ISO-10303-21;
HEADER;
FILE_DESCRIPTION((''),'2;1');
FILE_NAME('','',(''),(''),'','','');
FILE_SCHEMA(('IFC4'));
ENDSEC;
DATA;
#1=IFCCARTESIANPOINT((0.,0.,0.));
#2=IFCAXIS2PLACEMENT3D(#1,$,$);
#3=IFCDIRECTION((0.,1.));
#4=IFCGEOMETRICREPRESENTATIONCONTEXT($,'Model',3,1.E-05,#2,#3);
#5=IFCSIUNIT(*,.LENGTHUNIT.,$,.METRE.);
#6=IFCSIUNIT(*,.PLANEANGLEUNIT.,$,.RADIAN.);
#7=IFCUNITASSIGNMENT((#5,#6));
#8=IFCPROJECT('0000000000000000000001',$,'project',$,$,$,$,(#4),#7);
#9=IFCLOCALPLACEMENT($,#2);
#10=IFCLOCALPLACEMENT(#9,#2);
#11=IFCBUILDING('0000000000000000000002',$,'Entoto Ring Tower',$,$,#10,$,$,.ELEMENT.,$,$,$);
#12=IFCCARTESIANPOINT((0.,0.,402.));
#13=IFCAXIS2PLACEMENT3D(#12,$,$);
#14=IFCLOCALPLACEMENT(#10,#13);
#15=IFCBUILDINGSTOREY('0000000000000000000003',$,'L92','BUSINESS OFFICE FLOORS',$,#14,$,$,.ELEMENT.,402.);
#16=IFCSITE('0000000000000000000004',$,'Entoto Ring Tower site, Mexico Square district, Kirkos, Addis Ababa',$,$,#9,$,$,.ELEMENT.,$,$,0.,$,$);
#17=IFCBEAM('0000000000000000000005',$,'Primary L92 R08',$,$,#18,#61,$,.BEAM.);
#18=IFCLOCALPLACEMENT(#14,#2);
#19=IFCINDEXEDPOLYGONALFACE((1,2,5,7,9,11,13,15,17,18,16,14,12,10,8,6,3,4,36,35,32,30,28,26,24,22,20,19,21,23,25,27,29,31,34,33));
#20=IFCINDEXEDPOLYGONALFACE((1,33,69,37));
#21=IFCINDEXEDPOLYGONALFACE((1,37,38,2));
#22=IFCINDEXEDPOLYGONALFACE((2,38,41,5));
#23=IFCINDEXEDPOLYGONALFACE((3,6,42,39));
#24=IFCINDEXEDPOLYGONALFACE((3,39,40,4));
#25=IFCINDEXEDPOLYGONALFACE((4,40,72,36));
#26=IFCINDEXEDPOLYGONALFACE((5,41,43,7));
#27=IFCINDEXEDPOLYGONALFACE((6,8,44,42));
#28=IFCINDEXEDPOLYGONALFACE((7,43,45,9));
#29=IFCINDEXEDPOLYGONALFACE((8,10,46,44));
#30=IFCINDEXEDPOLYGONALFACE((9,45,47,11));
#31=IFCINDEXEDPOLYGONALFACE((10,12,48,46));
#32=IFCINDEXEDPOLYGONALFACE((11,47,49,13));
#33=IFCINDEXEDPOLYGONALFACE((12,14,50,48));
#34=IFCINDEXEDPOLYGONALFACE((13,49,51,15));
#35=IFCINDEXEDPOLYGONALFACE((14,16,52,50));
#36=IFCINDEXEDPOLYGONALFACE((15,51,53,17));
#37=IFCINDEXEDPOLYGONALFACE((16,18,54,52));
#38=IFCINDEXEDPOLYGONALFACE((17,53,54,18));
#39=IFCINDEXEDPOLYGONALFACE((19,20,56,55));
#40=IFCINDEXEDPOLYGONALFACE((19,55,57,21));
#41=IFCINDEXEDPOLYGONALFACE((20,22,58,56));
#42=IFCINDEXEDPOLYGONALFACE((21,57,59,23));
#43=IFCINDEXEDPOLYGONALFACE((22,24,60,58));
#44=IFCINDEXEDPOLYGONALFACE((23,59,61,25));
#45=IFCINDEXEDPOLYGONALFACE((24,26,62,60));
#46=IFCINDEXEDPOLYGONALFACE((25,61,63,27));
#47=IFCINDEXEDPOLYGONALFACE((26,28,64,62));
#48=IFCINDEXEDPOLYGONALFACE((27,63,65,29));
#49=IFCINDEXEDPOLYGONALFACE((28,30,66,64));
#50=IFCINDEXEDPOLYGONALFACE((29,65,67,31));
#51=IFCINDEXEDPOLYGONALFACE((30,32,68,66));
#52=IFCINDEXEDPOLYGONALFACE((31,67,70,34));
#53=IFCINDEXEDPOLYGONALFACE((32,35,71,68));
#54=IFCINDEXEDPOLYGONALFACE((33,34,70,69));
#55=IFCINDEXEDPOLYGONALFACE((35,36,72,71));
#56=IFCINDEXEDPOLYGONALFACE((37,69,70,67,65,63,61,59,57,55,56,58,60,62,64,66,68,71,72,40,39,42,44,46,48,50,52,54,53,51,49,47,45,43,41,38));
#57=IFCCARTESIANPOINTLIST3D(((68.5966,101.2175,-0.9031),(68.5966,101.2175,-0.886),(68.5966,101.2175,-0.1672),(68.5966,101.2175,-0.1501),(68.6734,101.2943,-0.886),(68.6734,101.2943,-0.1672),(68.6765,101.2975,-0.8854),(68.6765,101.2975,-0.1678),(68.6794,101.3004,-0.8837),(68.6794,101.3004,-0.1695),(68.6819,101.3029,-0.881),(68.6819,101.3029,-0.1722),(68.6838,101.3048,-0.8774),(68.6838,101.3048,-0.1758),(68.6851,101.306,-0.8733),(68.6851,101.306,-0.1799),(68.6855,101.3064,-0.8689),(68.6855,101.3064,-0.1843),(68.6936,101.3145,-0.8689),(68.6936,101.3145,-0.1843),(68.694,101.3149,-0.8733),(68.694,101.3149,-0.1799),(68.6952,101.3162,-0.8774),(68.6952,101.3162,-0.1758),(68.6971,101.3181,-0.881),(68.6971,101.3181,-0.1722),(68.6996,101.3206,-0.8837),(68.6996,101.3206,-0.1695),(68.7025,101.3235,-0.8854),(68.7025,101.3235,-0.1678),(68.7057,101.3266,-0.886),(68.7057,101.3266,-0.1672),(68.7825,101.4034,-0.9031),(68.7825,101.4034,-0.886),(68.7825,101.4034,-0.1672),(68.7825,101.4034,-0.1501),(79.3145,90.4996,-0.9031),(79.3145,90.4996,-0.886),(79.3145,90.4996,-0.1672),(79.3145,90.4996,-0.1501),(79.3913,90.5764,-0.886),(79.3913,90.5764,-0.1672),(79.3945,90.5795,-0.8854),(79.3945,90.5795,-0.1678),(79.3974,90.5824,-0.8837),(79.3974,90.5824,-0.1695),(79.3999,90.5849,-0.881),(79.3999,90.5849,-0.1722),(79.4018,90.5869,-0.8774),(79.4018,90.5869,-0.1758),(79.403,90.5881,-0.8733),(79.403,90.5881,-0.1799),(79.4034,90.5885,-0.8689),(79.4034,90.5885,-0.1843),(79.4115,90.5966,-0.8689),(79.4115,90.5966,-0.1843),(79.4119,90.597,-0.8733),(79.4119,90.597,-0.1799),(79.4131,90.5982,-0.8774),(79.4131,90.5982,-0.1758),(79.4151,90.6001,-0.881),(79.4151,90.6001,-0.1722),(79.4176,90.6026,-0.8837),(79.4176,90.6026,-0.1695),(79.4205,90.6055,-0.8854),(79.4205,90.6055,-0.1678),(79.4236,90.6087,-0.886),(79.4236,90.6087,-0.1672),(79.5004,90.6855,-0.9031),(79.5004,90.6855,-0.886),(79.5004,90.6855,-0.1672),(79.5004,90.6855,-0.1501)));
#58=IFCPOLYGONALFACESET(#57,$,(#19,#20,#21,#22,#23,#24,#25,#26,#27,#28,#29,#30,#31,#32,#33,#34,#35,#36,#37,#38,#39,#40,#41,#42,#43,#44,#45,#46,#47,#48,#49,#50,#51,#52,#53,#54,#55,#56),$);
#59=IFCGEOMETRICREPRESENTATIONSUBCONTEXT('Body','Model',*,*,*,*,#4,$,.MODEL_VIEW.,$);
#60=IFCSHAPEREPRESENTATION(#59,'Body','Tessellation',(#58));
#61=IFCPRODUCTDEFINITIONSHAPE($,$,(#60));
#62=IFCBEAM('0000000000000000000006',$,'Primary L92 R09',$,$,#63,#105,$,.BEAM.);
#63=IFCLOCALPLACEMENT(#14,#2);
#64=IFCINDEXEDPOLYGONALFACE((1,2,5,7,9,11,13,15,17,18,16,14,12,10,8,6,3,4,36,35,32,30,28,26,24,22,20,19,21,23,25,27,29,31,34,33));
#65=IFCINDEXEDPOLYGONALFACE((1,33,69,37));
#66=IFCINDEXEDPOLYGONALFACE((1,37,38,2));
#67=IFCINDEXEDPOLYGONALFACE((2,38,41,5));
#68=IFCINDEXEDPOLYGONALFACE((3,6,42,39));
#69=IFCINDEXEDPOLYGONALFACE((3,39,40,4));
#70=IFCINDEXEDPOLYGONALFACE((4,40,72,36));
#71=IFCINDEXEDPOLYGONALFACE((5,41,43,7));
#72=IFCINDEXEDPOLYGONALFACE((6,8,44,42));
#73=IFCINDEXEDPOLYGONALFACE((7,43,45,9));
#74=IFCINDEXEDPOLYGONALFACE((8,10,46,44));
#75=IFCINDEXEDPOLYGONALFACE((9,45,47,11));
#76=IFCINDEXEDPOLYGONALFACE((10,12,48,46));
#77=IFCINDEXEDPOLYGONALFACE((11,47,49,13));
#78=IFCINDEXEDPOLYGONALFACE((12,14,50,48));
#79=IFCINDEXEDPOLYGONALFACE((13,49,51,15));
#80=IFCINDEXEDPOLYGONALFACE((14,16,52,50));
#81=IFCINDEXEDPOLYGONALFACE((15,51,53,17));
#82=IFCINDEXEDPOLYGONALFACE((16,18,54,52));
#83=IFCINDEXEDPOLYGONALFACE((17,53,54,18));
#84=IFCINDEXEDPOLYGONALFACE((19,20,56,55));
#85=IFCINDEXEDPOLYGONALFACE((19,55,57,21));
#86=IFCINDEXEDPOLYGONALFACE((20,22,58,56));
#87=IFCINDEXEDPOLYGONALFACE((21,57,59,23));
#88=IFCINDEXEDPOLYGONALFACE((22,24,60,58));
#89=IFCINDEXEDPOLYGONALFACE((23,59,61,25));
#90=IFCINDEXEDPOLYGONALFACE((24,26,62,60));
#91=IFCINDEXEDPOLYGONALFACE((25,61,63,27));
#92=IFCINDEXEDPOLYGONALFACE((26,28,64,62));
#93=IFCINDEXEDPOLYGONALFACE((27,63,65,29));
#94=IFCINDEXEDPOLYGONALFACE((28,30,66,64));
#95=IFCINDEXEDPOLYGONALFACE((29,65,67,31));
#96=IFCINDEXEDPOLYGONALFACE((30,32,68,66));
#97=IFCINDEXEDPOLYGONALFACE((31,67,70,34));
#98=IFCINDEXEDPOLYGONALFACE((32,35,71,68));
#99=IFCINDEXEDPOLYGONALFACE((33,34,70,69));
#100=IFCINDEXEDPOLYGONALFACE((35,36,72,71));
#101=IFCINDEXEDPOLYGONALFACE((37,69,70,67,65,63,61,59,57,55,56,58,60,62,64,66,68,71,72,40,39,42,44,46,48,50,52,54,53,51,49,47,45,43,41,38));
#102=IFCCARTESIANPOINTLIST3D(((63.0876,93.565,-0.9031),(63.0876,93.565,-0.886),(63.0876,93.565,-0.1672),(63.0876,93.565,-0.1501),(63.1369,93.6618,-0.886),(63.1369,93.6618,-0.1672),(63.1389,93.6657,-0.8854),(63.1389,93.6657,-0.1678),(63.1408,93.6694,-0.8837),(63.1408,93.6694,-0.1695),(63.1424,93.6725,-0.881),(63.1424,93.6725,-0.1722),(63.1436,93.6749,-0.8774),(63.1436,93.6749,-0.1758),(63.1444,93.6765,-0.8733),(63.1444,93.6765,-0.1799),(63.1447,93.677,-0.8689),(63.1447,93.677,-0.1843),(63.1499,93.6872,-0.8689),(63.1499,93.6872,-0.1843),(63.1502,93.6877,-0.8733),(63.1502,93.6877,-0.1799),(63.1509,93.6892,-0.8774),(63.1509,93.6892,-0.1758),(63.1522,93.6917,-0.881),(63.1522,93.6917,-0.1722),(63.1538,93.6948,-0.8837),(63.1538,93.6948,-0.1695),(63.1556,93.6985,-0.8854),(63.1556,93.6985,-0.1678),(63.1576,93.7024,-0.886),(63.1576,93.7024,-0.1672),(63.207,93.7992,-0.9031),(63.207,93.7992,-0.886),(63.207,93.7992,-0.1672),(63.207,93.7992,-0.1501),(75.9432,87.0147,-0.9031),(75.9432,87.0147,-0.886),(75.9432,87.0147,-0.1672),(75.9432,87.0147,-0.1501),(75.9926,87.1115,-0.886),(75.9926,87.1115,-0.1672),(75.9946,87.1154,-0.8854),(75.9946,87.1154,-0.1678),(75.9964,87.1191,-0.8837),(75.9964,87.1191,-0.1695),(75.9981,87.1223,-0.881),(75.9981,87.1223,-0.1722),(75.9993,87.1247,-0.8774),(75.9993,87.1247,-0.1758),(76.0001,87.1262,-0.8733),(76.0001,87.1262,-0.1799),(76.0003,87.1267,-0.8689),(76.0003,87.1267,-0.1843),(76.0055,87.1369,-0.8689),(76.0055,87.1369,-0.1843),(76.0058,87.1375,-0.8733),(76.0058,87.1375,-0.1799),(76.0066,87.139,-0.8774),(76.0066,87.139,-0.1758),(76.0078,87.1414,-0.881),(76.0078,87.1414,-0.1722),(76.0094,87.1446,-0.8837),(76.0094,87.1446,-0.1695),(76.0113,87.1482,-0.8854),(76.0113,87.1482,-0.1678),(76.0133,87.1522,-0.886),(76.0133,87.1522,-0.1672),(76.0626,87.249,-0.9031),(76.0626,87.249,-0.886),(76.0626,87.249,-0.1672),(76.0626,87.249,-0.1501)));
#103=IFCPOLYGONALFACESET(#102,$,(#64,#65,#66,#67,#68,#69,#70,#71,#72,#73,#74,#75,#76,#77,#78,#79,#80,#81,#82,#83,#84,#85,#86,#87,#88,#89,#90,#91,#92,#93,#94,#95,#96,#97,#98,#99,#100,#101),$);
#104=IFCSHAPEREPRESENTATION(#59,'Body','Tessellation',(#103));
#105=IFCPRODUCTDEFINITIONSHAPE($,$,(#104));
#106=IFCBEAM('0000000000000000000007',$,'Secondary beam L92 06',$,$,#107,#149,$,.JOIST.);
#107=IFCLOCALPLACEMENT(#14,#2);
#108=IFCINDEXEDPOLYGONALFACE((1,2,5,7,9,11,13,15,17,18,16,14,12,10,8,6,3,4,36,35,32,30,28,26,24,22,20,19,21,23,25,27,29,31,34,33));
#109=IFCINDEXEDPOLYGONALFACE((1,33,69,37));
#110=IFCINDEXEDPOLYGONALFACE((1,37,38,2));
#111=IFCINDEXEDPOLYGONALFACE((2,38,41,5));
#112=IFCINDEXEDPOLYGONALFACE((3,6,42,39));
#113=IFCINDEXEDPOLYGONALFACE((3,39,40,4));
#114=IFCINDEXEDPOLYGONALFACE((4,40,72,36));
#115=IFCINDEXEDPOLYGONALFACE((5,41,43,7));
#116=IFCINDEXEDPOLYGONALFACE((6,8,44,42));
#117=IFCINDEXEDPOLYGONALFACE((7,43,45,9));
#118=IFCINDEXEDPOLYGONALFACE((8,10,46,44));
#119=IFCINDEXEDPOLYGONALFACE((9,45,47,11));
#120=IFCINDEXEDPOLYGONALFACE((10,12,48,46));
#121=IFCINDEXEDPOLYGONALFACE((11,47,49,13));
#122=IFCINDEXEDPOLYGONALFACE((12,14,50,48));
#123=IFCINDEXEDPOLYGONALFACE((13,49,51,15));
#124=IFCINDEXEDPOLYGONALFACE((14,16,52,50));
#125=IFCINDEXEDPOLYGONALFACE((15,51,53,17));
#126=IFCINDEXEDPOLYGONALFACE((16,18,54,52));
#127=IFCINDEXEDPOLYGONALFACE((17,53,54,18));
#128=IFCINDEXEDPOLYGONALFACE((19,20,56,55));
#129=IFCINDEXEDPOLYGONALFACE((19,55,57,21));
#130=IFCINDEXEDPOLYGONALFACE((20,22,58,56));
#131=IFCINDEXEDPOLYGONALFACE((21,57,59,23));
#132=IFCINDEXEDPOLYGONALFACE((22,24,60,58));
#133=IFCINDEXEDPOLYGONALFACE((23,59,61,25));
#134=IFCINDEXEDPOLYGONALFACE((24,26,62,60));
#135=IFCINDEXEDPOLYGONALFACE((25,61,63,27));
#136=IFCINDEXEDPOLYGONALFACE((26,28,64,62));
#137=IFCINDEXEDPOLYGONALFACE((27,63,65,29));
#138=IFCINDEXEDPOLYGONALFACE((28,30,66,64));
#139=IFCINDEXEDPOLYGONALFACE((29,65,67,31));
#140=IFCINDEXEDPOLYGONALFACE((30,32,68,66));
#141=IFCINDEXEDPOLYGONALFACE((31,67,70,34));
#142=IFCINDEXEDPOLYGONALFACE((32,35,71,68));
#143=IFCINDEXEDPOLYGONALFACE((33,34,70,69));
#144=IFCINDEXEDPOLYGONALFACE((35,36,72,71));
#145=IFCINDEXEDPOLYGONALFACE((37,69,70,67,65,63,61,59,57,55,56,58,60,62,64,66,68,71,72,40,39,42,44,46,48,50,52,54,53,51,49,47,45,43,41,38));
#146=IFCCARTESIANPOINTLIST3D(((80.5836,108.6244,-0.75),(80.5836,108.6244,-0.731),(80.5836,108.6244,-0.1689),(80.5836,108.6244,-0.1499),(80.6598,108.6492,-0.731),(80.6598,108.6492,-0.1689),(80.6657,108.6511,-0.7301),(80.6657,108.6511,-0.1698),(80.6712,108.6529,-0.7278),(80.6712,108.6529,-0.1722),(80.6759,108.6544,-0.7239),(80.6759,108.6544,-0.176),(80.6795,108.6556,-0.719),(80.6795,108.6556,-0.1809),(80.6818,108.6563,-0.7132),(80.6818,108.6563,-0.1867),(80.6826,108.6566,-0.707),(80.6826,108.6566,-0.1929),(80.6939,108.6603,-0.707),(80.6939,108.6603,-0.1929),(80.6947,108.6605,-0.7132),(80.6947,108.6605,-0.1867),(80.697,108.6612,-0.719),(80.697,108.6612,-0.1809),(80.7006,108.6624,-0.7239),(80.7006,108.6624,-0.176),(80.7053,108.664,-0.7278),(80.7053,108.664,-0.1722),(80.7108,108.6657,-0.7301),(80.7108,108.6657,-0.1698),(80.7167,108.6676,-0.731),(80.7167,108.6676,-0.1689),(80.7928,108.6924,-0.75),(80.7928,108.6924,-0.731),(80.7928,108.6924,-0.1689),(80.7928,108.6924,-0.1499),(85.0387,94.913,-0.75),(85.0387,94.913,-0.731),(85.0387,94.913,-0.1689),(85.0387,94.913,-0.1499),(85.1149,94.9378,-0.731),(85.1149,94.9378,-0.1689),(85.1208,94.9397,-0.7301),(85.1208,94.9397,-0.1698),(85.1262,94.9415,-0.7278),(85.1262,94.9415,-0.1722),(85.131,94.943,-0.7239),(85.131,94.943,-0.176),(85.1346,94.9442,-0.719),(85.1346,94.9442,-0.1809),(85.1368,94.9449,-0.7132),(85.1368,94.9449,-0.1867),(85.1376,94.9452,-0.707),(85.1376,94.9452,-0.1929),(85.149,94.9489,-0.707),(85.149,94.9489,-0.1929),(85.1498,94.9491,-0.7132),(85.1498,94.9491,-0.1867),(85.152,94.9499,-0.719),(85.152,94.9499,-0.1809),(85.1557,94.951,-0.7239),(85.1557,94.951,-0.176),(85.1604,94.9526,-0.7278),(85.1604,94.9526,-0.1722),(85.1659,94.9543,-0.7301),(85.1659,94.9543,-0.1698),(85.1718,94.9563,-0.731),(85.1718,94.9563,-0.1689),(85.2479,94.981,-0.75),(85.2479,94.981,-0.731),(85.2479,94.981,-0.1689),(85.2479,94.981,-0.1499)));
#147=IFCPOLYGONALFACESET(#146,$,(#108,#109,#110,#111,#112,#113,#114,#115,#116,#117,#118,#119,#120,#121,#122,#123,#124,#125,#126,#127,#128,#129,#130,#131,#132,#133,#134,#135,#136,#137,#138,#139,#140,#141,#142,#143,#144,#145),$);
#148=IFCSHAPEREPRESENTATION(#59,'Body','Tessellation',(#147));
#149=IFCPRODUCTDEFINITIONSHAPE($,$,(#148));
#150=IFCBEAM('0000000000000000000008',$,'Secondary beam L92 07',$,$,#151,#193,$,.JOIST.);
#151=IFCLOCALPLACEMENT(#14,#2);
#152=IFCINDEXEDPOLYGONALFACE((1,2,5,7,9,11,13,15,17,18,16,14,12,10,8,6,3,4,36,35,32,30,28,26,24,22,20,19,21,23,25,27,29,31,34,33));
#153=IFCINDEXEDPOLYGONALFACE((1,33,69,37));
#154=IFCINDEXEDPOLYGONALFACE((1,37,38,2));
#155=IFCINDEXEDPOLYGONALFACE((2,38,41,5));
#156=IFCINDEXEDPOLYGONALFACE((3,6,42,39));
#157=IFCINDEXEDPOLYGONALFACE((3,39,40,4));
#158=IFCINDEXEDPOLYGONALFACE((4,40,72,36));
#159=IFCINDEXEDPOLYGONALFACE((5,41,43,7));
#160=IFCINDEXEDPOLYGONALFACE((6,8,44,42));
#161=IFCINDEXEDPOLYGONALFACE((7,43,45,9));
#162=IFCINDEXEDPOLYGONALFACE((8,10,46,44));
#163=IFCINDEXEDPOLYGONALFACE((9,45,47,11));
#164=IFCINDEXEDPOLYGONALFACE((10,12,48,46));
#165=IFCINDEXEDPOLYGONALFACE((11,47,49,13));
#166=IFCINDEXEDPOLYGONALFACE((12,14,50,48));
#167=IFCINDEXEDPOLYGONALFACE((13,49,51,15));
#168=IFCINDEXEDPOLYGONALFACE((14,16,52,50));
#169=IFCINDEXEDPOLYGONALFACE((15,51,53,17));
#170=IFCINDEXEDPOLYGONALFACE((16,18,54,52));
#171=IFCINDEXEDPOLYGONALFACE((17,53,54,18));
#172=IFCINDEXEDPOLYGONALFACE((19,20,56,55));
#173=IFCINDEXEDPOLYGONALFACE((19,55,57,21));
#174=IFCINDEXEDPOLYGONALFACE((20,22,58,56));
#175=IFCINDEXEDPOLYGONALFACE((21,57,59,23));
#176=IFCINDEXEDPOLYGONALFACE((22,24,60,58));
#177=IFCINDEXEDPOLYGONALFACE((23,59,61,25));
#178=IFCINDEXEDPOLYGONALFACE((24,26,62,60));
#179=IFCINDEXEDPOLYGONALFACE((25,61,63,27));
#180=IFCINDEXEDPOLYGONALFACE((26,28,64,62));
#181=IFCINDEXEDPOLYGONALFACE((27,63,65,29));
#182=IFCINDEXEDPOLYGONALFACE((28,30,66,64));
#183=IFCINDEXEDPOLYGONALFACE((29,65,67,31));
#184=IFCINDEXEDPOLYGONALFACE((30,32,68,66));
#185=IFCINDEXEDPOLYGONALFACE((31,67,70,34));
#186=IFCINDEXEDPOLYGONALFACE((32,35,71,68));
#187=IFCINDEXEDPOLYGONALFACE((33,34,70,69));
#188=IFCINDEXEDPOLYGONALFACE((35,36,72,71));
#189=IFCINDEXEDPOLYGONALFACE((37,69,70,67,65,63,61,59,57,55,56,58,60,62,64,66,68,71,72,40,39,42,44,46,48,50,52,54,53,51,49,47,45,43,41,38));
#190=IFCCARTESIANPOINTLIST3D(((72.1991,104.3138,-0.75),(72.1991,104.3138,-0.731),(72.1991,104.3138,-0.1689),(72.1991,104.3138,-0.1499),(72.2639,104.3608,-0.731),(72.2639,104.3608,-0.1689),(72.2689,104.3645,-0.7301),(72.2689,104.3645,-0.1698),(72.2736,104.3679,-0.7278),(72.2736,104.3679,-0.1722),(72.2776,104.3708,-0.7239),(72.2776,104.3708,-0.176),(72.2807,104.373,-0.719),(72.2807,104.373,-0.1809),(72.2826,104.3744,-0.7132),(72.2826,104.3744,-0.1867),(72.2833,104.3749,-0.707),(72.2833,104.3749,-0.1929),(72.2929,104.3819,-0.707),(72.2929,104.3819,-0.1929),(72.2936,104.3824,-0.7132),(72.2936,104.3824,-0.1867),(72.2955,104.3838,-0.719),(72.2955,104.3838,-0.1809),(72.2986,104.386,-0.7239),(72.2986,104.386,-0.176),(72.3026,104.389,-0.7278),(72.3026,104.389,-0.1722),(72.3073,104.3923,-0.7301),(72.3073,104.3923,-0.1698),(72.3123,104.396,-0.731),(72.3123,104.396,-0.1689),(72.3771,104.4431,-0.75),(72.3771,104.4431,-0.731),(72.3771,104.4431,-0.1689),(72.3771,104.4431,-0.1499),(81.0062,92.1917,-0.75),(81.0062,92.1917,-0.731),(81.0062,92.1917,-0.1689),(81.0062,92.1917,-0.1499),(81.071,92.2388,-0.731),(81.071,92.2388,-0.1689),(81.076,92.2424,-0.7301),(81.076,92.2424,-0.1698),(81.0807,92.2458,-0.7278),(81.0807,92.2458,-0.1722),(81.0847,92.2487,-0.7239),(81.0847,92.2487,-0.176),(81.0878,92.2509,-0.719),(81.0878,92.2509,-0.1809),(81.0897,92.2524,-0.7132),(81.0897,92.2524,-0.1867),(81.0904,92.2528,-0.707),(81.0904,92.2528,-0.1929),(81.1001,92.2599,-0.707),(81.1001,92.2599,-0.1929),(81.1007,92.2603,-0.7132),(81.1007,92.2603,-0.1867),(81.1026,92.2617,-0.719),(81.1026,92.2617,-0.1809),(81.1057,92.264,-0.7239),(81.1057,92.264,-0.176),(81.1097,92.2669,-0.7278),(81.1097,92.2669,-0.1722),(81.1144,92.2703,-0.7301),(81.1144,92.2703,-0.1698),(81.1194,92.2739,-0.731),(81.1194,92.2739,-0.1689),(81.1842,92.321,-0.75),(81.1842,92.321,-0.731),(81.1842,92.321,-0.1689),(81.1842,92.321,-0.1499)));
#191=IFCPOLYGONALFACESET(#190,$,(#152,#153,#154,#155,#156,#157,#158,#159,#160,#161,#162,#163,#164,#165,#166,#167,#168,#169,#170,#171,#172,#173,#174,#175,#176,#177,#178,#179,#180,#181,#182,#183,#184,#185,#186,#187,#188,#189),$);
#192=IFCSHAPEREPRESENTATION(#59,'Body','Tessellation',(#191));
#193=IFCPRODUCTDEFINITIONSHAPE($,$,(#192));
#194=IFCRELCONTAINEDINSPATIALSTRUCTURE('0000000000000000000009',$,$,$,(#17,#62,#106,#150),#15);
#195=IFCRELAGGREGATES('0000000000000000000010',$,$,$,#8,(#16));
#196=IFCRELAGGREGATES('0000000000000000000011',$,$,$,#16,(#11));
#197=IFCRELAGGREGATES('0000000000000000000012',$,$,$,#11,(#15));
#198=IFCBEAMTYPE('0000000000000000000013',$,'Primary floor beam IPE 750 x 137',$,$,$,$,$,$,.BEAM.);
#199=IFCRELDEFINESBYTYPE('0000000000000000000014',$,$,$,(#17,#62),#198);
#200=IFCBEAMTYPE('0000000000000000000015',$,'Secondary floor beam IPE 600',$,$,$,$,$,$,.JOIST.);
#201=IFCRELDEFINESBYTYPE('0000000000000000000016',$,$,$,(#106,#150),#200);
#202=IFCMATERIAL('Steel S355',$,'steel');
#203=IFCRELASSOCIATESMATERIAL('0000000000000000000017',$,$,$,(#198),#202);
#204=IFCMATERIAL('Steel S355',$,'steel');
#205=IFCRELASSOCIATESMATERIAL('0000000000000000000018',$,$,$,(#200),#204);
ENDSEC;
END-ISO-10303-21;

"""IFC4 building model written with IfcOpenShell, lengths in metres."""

from ifc_helpers import new_model, si_unit, direction, frame, origin, origin_2d, place, context, subcontext, project, spatial, i_section, extrude, material, material_profile, profile_set, type_object, element, save


model = new_model("IFC4")

# Units and contexts
model_context = context("Model", 3, precision=1e-05, world=origin(), true_north=direction((0.0, 1.0)))
body_context = subcontext(model_context, "Body", "Model", "MODEL_VIEW")
ifc_project = project(units=[si_unit("LENGTHUNIT", "METRE"), si_unit("PLANEANGLEUNIT", "RADIAN")], contexts=[model_context])

# Site, building, storey
site_placement = place(None, origin())
site = spatial("IfcSite", under=ifc_project, at=site_placement, Name="Entoto Ring Tower site, Mexico Square district, Kirkos, Addis Ababa", CompositionType="ELEMENT", RefElevation=0.0)
building_placement = place(site_placement, origin())
building = spatial("IfcBuilding", under=site, at=building_placement, Name="Entoto Ring Tower", CompositionType="ELEMENT")
storey_placement = place(building_placement, frame((0.0, 0.0, 402.0)))
storey = spatial("IfcBuildingStorey", under=building, at=storey_placement, Name="L92", Description="BUSINESS OFFICE FLOORS", CompositionType="ELEMENT", Elevation=402.0)

# Beams
ifc_material_1 = material(Name="Steel S355", Category="steel")
ifc_material_profile_1 = material_profile(ifc_material_1, i_section(OverallWidth=0.2629, OverallDepth=0.7529, WebThickness=0.0115, FlangeThickness=0.0171, FilletRadius=0.0171, at=origin_2d()), Name="IPE 750 x 137")
ifc_profile_set_1 = profile_set([ifc_material_profile_1], Name="Steel S355")
beam_type_1 = type_object("IfcBeamType", Name="Primary floor beam IPE 750 x 137", PredefinedType="BEAM", material=ifc_profile_set_1)
beam_1_placement = place(storey_placement, frame((79.4075, 90.5925, -0.5266), z_axis=(-0.707107, 0.707107, 0.0), x_axis=(-0.707107, -0.707107, 0.0)))
element("IfcBeam", 1, at=beam_1_placement, inside=storey, type_object=beam_type_1, Name="Primary L92 R08", PredefinedType="BEAM", context=body_context, shape_type="SweptSolid", body=[
    extrude(i_section(OverallWidth=0.2629, OverallDepth=0.7529, WebThickness=0.0115, FlangeThickness=0.0171, FilletRadius=0.0171, at=origin_2d()), origin(), (0.0, 0.0, 1.0), 15.1575),
])
beam_2_placement = place(storey_placement, frame((76.0029, 87.1318, -0.5266), z_axis=(-0.891007, 0.453989, 0.0), x_axis=(-0.453989, -0.891007, 0.0)))
element("IfcBeam", 2, at=beam_2_placement, inside=storey, type_object=beam_type_1, Name="Primary L92 R09", PredefinedType="BEAM", context=body_context, shape_type="SweptSolid", body=[
    extrude(i_section(OverallWidth=0.2629, OverallDepth=0.7529, WebThickness=0.0115, FlangeThickness=0.0171, FilletRadius=0.0171, at=origin_2d()), origin(), (0.0, 0.0, 1.0), 14.4282),
])
ifc_material_2 = material(Name="Steel S355", Category="steel")
ifc_material_profile_2 = material_profile(ifc_material_2, i_section(OverallWidth=0.22, OverallDepth=0.6001, WebThickness=0.012, FlangeThickness=0.019, FilletRadius=0.0239, at=origin_2d()), Name="IPE 600")
ifc_profile_set_2 = profile_set([ifc_material_profile_2], Name="Steel S355")
beam_type_2 = type_object("IfcBeamType", Name="Secondary floor beam IPE 600", PredefinedType="JOIST", material=ifc_profile_set_2)
beam_3_placement = place(storey_placement, frame((85.1433, 94.947, -0.45), z_axis=(-0.309015, 0.951057, 0.0), x_axis=(-0.951057, -0.309015, 0.0)))
element("IfcBeam", 3, at=beam_3_placement, inside=storey, type_object=beam_type_2, Name="Secondary beam L92 06", PredefinedType="JOIST", context=body_context, shape_type="SweptSolid", body=[
    extrude(i_section(OverallWidth=0.22, OverallDepth=0.6001, WebThickness=0.012, FlangeThickness=0.019, FilletRadius=0.0239, at=origin_2d()), origin(), (0.0, 0.0, 1.0), 14.417),
])
for number, where, z_axis, x_axis, name in (
    (4, (81.0952, 92.2563, -0.45), (-0.587782, 0.809019, 0.0), (-0.809019, -0.587782, 0.0), "Secondary beam L92 07"),
):
    element("IfcBeam", number, at=place(storey_placement, frame(where, z_axis=z_axis, x_axis=x_axis)), inside=storey, type_object=beam_type_2, Name=name, PredefinedType="JOIST", context=body_context, shape_type="SweptSolid", body=[
        extrude(i_section(OverallWidth=0.22, OverallDepth=0.6001, WebThickness=0.012, FlangeThickness=0.019, FilletRadius=0.0239, at=origin_2d()), origin(), (0.0, 0.0, 1.0), 14.9836),
    ])

save(model, "model.ifc")
